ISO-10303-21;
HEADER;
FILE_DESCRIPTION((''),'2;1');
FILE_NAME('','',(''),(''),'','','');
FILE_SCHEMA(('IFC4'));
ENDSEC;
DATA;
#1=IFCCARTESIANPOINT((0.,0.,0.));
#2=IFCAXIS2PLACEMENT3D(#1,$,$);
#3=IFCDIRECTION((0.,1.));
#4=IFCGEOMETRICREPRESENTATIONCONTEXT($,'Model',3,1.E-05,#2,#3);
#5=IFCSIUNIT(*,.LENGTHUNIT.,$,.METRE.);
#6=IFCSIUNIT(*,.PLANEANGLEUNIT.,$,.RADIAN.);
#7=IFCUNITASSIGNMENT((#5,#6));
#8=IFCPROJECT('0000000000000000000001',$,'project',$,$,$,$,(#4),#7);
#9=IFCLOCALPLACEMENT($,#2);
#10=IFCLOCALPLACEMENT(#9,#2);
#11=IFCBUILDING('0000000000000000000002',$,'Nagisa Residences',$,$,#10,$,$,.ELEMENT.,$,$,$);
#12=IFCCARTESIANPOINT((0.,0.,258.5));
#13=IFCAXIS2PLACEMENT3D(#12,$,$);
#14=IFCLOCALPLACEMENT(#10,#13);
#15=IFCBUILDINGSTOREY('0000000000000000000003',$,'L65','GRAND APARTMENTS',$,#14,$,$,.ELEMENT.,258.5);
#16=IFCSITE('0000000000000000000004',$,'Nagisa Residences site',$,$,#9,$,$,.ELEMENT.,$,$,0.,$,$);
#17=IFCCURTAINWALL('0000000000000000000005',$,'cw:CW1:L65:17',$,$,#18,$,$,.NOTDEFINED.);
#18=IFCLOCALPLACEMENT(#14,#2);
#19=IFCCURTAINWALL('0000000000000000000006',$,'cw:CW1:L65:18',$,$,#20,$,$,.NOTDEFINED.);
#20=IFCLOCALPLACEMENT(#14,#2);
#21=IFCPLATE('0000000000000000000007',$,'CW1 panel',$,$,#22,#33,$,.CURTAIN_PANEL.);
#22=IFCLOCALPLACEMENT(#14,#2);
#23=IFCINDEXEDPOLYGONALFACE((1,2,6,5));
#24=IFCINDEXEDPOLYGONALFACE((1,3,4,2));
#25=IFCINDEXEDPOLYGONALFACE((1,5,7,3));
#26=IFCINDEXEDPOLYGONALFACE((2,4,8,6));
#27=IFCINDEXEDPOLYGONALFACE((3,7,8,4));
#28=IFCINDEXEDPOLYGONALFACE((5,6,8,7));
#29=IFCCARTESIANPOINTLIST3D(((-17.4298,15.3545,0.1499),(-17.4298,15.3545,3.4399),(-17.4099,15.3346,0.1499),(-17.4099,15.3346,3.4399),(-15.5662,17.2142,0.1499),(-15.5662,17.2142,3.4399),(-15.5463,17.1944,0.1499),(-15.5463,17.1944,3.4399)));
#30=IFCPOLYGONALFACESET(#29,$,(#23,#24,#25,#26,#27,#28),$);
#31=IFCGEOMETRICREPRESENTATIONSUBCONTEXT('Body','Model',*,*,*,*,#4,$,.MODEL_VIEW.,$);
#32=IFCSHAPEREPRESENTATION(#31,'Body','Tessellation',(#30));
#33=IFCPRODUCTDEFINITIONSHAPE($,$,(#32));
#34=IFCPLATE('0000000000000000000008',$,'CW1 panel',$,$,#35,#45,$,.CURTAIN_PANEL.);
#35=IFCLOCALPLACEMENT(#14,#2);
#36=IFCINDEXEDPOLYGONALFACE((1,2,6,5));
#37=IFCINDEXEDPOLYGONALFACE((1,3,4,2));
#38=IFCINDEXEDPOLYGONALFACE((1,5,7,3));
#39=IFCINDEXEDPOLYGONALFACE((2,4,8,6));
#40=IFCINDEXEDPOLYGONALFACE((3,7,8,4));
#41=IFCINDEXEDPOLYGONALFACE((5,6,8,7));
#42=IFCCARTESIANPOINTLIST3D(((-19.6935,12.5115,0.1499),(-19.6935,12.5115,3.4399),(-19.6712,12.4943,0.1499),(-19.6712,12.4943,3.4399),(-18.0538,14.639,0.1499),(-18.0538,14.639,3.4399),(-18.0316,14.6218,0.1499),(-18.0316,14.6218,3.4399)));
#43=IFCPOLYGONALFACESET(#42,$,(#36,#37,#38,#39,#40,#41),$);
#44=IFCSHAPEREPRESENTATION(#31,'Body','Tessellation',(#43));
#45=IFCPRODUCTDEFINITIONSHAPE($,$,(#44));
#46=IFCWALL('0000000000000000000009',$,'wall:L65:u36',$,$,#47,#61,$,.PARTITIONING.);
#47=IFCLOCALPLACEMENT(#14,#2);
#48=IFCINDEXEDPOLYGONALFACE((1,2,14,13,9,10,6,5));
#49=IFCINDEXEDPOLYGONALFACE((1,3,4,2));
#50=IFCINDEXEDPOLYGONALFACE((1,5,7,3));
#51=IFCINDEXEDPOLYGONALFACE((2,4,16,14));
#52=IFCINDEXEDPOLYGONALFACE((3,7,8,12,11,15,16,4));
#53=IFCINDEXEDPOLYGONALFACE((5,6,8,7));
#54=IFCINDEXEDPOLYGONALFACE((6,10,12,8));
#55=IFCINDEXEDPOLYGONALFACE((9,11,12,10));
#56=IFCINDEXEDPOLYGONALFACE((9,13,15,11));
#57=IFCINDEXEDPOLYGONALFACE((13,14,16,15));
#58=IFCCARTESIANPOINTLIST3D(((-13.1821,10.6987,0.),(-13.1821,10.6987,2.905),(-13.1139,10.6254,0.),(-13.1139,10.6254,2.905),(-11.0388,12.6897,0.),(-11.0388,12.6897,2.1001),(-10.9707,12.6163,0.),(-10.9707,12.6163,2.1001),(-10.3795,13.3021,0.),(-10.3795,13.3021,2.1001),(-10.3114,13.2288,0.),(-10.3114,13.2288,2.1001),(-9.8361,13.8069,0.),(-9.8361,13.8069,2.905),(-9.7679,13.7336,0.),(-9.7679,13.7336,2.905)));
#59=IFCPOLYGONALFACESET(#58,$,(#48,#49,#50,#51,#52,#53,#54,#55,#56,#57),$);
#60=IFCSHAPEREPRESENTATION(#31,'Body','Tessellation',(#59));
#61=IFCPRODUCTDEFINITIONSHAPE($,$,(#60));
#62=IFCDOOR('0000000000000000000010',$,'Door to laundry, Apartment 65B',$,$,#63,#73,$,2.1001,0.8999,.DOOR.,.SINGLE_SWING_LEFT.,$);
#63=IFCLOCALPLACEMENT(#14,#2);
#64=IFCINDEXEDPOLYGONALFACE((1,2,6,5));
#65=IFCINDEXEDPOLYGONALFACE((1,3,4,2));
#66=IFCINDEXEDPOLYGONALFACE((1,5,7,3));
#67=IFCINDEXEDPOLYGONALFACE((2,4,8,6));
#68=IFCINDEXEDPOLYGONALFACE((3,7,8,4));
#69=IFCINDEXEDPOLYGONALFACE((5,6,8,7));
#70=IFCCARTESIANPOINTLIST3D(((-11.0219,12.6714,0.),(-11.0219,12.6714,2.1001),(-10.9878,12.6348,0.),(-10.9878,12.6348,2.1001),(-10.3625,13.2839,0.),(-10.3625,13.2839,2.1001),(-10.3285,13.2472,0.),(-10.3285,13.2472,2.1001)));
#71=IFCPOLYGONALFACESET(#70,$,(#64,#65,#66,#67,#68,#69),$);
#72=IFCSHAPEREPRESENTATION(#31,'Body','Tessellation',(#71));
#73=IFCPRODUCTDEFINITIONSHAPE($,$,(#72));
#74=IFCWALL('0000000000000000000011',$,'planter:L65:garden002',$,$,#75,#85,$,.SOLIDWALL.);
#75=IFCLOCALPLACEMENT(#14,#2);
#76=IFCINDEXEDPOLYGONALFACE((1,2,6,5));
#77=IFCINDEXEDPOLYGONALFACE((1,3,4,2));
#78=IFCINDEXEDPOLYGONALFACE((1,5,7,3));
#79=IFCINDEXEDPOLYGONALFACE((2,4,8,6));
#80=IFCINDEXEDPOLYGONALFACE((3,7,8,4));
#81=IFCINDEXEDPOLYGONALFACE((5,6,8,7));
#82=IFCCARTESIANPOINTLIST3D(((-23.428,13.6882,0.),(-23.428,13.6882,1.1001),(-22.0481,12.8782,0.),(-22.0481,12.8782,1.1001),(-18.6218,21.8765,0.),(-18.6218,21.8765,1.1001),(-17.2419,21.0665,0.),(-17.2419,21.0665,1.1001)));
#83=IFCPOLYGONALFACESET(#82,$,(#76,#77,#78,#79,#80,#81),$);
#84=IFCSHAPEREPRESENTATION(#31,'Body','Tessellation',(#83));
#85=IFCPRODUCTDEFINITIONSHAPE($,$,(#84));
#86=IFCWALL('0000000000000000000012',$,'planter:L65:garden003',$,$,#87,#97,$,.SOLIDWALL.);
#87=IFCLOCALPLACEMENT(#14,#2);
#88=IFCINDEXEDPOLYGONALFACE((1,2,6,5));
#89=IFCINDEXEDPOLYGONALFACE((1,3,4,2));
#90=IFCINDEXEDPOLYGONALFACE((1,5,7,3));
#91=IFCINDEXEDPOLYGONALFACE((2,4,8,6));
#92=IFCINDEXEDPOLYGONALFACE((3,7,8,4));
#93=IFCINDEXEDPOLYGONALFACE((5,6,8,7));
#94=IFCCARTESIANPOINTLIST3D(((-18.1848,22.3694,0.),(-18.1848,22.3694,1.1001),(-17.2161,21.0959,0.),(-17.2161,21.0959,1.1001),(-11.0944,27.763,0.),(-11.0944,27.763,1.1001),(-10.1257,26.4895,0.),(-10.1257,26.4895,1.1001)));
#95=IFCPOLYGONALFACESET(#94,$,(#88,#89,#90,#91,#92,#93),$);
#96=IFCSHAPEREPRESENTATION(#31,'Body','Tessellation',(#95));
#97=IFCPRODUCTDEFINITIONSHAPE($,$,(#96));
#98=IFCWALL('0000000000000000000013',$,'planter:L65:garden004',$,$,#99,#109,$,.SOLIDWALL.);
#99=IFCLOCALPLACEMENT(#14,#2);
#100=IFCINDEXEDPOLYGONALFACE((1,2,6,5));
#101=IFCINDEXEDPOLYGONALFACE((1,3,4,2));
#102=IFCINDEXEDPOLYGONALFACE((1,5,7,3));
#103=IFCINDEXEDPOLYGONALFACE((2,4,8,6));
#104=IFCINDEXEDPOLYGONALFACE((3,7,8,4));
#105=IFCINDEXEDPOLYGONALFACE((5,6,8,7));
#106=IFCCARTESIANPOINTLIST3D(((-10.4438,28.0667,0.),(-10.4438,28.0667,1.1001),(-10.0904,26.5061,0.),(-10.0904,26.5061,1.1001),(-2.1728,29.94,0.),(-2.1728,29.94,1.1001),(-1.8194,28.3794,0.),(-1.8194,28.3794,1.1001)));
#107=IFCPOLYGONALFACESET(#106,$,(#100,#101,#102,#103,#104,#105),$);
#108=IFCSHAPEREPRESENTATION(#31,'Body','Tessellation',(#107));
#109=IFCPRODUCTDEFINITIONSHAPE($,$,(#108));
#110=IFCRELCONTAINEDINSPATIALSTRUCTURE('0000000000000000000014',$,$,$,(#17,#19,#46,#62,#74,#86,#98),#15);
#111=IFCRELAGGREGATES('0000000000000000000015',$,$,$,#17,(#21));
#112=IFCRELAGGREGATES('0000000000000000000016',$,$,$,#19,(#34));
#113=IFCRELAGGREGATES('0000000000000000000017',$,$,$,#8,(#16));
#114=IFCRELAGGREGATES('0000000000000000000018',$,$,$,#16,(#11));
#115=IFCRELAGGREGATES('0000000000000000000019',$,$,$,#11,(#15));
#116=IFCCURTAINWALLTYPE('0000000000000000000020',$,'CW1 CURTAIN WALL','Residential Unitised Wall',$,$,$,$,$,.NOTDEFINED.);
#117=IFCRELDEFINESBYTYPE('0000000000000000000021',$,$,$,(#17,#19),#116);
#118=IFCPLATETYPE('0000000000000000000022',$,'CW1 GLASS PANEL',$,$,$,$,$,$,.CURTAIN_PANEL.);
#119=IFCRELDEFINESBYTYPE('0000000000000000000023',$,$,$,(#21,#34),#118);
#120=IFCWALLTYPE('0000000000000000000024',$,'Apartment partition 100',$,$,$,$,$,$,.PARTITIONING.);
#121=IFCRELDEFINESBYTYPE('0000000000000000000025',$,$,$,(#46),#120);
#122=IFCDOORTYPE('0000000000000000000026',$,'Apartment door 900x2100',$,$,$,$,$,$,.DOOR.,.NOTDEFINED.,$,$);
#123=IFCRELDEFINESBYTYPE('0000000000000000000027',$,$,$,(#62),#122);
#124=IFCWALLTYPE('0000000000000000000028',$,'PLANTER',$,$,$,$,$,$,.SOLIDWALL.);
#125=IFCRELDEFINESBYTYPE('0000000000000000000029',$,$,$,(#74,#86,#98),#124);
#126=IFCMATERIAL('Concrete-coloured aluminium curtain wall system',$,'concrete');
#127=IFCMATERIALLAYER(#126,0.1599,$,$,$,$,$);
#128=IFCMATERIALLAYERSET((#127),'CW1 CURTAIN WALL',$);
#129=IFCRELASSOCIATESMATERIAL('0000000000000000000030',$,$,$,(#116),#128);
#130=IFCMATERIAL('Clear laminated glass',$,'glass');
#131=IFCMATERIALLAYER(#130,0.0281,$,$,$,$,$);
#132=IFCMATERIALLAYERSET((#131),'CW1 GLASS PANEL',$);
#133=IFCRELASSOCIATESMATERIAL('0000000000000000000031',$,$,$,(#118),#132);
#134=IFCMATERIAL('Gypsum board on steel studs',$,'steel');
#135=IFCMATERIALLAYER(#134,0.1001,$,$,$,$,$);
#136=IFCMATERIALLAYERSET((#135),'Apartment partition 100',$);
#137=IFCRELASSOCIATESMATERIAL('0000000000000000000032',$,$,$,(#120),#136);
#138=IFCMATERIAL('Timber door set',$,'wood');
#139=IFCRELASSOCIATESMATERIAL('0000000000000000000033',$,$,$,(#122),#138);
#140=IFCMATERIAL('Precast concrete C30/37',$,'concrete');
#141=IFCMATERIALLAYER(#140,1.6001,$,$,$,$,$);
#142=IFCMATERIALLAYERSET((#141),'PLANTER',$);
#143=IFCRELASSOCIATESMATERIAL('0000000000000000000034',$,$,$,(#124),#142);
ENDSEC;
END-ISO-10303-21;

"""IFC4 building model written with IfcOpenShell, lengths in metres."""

from ifc_helpers import new_model, si_unit, direction, frame, frame_2d, origin, origin_2d, place, context, subcontext, project, spatial, rectangle, extrude, material, layer, layer_set, type_object, element, fill, aggregate, save


model = new_model("IFC4")

# Units and contexts
model_context = context("Model", 3, precision=1e-05, world=origin(), true_north=direction((0.0, 1.0)))
body_context = subcontext(model_context, "Body", "Model", "MODEL_VIEW")
ifc_project = project(units=[si_unit("LENGTHUNIT", "METRE"), si_unit("PLANEANGLEUNIT", "RADIAN")], contexts=[model_context])

# Site, building, storey
site_placement = place(None, origin())
site = spatial("IfcSite", under=ifc_project, at=site_placement, Name="Nagisa Residences site", CompositionType="ELEMENT", RefElevation=0.0)
building_placement = place(site_placement, origin())
building = spatial("IfcBuilding", under=site, at=building_placement, Name="Nagisa Residences", CompositionType="ELEMENT")
storey_placement = place(building_placement, frame((0.0, 0.0, 258.5)))
storey = spatial("IfcBuildingStorey", under=building, at=storey_placement, Name="L65", Description="GRAND APARTMENTS", CompositionType="ELEMENT", Elevation=258.5)

# Curtain walls
ifc_material_1 = material(Name="Concrete-coloured aluminium curtain wall system", Category="concrete")
ifc_layer_1 = layer(ifc_material_1, 0.1599)
ifc_layer_set_1 = layer_set([ifc_layer_1], Name="CW1 CURTAIN WALL")
curtain_wall_type = type_object("IfcCurtainWallType", Name="CW1 CURTAIN WALL", Description="Residential Unitised Wall", PredefinedType="NOTDEFINED", material=ifc_layer_set_1)
curtain_wall_1_placement = place(storey_placement, origin())
curtain_wall_1 = element("IfcCurtainWall", 1, at=curtain_wall_1_placement, inside=storey, type_object=curtain_wall_type, Name="cw:CW1:L65:17", PredefinedType="NOTDEFINED")
curtain_wall_2_placement = place(storey_placement, origin())
curtain_wall_2 = element("IfcCurtainWall", 2, at=curtain_wall_2_placement, inside=storey, type_object=curtain_wall_type, Name="cw:CW1:L65:18", PredefinedType="NOTDEFINED")

# Shared definitions
ifc_material_2 = material(Name="Clear laminated glass", Category="glass")
ifc_layer_2 = layer(ifc_material_2, 0.0281)
ifc_layer_set_2 = layer_set([ifc_layer_2], Name="CW1 GLASS PANEL")
plate_type = type_object("IfcPlateType", Name="CW1 GLASS PANEL", PredefinedType="CURTAIN_PANEL", material=ifc_layer_set_2)

# Plates
plate_1_placement = place(storey_placement, frame((-16.488, 16.2744, 0.1499), z_axis=(0.0, 0.0, 1.0), x_axis=(-0.707836, -0.706377, 0.0)))
plate_1 = element("IfcPlate", 3, at=plate_1_placement, type_object=plate_type, Name="CW1 panel", PredefinedType="CURTAIN_PANEL", context=body_context, shape_type="SweptSolid", body=[
    extrude(rectangle(XDim=2.6328, YDim=0.0281, at=origin_2d()), origin(), (0.0, 0.0, 1.0), 3.29),
])
aggregate(curtain_wall_1, [plate_1])
plate_2_placement = place(storey_placement, frame((-18.8625, 13.5667, 0.1499), z_axis=(0.0, 0.0, 1.0), x_axis=(-0.61043, -0.79207, 0.0)))
plate_2 = element("IfcPlate", 4, at=plate_2_placement, type_object=plate_type, Name="CW1 panel", PredefinedType="CURTAIN_PANEL", context=body_context, shape_type="SweptSolid", body=[
    extrude(rectangle(XDim=2.686, YDim=0.0281, at=origin_2d()), origin(), (0.0, 0.0, 1.0), 3.29),
])
aggregate(curtain_wall_2, [plate_2])

# Wall, opening, door
ifc_material_3 = material(Name="Gypsum board on steel studs", Category="steel")
ifc_layer_3 = layer(ifc_material_3, 0.1001)
ifc_layer_set_3 = layer_set([ifc_layer_3], Name="Apartment partition 100")
wall_type_1 = type_object("IfcWallType", Name="Apartment partition 100", PredefinedType="PARTITIONING", material=ifc_layer_set_3)
wall_1_placement = place(storey_placement, frame((-9.802, 13.7703, 0.0), z_axis=(0.0, 0.0, 1.0), x_axis=(-0.732662, -0.680593, 0.0)))
wall_1 = element("IfcWall", 5, at=wall_1_placement, inside=storey, type_object=wall_type_1, Name="wall:L65:u36", PredefinedType="PARTITIONING", context=body_context, shape_type="SweptSolid", body=[
    extrude(rectangle(XDim=4.5669, YDim=0.1001, at=frame_2d((2.2834, 0.0))), origin(), (0.0, 0.0, 1.0), 2.905),
])
opening_1_placement = place(wall_1_placement, frame((0.7417, 0.0, 0.0)))
opening_1 = element("IfcOpeningElement", 6, at=opening_1_placement, cuts=wall_1, PredefinedType="OPENING", context=body_context, shape_type="SweptSolid", body=[
    extrude(rectangle(XDim=0.8999, YDim=2.1001, at=frame_2d((0.45, 1.05))), frame((0.0, 0.0601, 0.0), z_axis=(0.0, -1.0, 0.0), x_axis=(1.0, 0.0, 0.0)), (0.0, 0.0, 1.0), 0.1201),
])
ifc_material_4 = material(Name="Timber door set", Category="wood")
door_type_1 = type_object("IfcDoorType", Name="Apartment door 900x2100", OperationType="NOTDEFINED", PredefinedType="DOOR", material=ifc_material_4)
door_1_placement = place(opening_1_placement, origin())
door_1 = element("IfcDoor", 7, at=door_1_placement, inside=storey, type_object=door_type_1, Name="Door to laundry, Apartment 65B", OperationType="SINGLE_SWING_LEFT", OverallHeight=2.1001, OverallWidth=0.8999, PredefinedType="DOOR", context=body_context, shape_type="SweptSolid", body=[
    extrude(rectangle(XDim=0.8999, YDim=2.1001, at=frame_2d((0.45, 1.05))), frame((0.0, 0.0249, 0.0), z_axis=(0.0, -1.0, 0.0), x_axis=(1.0, 0.0, 0.0)), (0.0, 0.0, 1.0), 0.05),
])
fill(opening_1, door_1)

# Walls
ifc_material_5 = material(Name="Precast concrete C30/37", Category="concrete")
ifc_layer_4 = layer(ifc_material_5, 1.6001)
ifc_layer_set_4 = layer_set([ifc_layer_4], Name="PLANTER")
wall_type_2 = type_object("IfcWallType", Name="PLANTER", PredefinedType="SOLIDWALL", material=ifc_layer_set_4)
wall_2_placement = place(storey_placement, frame((-22.738, 13.2832, 0.0), z_axis=(0.0, 0.0, 1.0), x_axis=(0.506202, 0.862415, 0.0)))
element("IfcWall", 8, at=wall_2_placement, inside=storey, type_object=wall_type_2, Name="planter:L65:garden002", PredefinedType="SOLIDWALL", context=body_context, shape_type="SweptSolid", body=[
    extrude(rectangle(XDim=9.4946, YDim=1.6001, at=frame_2d((4.7473, 0.0))), origin(), (0.0, 0.0, 1.0), 1.1001),
])
wall_3_placement = place(storey_placement, frame((-17.7004, 21.7327, 0.0), z_axis=(0.0, 0.0, 1.0), x_axis=(0.795897, 0.605432, 0.0)))
element("IfcWall", 9, at=wall_3_placement, inside=storey, type_object=wall_type_2, Name="planter:L65:garden003", PredefinedType="SOLIDWALL", context=body_context, shape_type="SweptSolid", body=[
    extrude(rectangle(XDim=8.9087, YDim=1.6001, at=frame_2d((4.4543, 0.0))), origin(), (0.0, 0.0, 1.0), 1.1001),
])
wall_4_placement = place(storey_placement, frame((-10.2671, 27.2864, 0.0), z_axis=(0.0, 0.0, 1.0), x_axis=(0.975298, 0.220894, 0.0)))
element("IfcWall", 10, at=wall_4_placement, inside=storey, type_object=wall_type_2, Name="planter:L65:garden004", PredefinedType="SOLIDWALL", context=body_context, shape_type="SweptSolid", body=[
    extrude(rectangle(XDim=8.4805, YDim=1.6001, at=frame_2d((4.2402, 0.0))), origin(), (0.0, 0.0, 1.0), 1.1001),
])

save(model, "model.ifc")
